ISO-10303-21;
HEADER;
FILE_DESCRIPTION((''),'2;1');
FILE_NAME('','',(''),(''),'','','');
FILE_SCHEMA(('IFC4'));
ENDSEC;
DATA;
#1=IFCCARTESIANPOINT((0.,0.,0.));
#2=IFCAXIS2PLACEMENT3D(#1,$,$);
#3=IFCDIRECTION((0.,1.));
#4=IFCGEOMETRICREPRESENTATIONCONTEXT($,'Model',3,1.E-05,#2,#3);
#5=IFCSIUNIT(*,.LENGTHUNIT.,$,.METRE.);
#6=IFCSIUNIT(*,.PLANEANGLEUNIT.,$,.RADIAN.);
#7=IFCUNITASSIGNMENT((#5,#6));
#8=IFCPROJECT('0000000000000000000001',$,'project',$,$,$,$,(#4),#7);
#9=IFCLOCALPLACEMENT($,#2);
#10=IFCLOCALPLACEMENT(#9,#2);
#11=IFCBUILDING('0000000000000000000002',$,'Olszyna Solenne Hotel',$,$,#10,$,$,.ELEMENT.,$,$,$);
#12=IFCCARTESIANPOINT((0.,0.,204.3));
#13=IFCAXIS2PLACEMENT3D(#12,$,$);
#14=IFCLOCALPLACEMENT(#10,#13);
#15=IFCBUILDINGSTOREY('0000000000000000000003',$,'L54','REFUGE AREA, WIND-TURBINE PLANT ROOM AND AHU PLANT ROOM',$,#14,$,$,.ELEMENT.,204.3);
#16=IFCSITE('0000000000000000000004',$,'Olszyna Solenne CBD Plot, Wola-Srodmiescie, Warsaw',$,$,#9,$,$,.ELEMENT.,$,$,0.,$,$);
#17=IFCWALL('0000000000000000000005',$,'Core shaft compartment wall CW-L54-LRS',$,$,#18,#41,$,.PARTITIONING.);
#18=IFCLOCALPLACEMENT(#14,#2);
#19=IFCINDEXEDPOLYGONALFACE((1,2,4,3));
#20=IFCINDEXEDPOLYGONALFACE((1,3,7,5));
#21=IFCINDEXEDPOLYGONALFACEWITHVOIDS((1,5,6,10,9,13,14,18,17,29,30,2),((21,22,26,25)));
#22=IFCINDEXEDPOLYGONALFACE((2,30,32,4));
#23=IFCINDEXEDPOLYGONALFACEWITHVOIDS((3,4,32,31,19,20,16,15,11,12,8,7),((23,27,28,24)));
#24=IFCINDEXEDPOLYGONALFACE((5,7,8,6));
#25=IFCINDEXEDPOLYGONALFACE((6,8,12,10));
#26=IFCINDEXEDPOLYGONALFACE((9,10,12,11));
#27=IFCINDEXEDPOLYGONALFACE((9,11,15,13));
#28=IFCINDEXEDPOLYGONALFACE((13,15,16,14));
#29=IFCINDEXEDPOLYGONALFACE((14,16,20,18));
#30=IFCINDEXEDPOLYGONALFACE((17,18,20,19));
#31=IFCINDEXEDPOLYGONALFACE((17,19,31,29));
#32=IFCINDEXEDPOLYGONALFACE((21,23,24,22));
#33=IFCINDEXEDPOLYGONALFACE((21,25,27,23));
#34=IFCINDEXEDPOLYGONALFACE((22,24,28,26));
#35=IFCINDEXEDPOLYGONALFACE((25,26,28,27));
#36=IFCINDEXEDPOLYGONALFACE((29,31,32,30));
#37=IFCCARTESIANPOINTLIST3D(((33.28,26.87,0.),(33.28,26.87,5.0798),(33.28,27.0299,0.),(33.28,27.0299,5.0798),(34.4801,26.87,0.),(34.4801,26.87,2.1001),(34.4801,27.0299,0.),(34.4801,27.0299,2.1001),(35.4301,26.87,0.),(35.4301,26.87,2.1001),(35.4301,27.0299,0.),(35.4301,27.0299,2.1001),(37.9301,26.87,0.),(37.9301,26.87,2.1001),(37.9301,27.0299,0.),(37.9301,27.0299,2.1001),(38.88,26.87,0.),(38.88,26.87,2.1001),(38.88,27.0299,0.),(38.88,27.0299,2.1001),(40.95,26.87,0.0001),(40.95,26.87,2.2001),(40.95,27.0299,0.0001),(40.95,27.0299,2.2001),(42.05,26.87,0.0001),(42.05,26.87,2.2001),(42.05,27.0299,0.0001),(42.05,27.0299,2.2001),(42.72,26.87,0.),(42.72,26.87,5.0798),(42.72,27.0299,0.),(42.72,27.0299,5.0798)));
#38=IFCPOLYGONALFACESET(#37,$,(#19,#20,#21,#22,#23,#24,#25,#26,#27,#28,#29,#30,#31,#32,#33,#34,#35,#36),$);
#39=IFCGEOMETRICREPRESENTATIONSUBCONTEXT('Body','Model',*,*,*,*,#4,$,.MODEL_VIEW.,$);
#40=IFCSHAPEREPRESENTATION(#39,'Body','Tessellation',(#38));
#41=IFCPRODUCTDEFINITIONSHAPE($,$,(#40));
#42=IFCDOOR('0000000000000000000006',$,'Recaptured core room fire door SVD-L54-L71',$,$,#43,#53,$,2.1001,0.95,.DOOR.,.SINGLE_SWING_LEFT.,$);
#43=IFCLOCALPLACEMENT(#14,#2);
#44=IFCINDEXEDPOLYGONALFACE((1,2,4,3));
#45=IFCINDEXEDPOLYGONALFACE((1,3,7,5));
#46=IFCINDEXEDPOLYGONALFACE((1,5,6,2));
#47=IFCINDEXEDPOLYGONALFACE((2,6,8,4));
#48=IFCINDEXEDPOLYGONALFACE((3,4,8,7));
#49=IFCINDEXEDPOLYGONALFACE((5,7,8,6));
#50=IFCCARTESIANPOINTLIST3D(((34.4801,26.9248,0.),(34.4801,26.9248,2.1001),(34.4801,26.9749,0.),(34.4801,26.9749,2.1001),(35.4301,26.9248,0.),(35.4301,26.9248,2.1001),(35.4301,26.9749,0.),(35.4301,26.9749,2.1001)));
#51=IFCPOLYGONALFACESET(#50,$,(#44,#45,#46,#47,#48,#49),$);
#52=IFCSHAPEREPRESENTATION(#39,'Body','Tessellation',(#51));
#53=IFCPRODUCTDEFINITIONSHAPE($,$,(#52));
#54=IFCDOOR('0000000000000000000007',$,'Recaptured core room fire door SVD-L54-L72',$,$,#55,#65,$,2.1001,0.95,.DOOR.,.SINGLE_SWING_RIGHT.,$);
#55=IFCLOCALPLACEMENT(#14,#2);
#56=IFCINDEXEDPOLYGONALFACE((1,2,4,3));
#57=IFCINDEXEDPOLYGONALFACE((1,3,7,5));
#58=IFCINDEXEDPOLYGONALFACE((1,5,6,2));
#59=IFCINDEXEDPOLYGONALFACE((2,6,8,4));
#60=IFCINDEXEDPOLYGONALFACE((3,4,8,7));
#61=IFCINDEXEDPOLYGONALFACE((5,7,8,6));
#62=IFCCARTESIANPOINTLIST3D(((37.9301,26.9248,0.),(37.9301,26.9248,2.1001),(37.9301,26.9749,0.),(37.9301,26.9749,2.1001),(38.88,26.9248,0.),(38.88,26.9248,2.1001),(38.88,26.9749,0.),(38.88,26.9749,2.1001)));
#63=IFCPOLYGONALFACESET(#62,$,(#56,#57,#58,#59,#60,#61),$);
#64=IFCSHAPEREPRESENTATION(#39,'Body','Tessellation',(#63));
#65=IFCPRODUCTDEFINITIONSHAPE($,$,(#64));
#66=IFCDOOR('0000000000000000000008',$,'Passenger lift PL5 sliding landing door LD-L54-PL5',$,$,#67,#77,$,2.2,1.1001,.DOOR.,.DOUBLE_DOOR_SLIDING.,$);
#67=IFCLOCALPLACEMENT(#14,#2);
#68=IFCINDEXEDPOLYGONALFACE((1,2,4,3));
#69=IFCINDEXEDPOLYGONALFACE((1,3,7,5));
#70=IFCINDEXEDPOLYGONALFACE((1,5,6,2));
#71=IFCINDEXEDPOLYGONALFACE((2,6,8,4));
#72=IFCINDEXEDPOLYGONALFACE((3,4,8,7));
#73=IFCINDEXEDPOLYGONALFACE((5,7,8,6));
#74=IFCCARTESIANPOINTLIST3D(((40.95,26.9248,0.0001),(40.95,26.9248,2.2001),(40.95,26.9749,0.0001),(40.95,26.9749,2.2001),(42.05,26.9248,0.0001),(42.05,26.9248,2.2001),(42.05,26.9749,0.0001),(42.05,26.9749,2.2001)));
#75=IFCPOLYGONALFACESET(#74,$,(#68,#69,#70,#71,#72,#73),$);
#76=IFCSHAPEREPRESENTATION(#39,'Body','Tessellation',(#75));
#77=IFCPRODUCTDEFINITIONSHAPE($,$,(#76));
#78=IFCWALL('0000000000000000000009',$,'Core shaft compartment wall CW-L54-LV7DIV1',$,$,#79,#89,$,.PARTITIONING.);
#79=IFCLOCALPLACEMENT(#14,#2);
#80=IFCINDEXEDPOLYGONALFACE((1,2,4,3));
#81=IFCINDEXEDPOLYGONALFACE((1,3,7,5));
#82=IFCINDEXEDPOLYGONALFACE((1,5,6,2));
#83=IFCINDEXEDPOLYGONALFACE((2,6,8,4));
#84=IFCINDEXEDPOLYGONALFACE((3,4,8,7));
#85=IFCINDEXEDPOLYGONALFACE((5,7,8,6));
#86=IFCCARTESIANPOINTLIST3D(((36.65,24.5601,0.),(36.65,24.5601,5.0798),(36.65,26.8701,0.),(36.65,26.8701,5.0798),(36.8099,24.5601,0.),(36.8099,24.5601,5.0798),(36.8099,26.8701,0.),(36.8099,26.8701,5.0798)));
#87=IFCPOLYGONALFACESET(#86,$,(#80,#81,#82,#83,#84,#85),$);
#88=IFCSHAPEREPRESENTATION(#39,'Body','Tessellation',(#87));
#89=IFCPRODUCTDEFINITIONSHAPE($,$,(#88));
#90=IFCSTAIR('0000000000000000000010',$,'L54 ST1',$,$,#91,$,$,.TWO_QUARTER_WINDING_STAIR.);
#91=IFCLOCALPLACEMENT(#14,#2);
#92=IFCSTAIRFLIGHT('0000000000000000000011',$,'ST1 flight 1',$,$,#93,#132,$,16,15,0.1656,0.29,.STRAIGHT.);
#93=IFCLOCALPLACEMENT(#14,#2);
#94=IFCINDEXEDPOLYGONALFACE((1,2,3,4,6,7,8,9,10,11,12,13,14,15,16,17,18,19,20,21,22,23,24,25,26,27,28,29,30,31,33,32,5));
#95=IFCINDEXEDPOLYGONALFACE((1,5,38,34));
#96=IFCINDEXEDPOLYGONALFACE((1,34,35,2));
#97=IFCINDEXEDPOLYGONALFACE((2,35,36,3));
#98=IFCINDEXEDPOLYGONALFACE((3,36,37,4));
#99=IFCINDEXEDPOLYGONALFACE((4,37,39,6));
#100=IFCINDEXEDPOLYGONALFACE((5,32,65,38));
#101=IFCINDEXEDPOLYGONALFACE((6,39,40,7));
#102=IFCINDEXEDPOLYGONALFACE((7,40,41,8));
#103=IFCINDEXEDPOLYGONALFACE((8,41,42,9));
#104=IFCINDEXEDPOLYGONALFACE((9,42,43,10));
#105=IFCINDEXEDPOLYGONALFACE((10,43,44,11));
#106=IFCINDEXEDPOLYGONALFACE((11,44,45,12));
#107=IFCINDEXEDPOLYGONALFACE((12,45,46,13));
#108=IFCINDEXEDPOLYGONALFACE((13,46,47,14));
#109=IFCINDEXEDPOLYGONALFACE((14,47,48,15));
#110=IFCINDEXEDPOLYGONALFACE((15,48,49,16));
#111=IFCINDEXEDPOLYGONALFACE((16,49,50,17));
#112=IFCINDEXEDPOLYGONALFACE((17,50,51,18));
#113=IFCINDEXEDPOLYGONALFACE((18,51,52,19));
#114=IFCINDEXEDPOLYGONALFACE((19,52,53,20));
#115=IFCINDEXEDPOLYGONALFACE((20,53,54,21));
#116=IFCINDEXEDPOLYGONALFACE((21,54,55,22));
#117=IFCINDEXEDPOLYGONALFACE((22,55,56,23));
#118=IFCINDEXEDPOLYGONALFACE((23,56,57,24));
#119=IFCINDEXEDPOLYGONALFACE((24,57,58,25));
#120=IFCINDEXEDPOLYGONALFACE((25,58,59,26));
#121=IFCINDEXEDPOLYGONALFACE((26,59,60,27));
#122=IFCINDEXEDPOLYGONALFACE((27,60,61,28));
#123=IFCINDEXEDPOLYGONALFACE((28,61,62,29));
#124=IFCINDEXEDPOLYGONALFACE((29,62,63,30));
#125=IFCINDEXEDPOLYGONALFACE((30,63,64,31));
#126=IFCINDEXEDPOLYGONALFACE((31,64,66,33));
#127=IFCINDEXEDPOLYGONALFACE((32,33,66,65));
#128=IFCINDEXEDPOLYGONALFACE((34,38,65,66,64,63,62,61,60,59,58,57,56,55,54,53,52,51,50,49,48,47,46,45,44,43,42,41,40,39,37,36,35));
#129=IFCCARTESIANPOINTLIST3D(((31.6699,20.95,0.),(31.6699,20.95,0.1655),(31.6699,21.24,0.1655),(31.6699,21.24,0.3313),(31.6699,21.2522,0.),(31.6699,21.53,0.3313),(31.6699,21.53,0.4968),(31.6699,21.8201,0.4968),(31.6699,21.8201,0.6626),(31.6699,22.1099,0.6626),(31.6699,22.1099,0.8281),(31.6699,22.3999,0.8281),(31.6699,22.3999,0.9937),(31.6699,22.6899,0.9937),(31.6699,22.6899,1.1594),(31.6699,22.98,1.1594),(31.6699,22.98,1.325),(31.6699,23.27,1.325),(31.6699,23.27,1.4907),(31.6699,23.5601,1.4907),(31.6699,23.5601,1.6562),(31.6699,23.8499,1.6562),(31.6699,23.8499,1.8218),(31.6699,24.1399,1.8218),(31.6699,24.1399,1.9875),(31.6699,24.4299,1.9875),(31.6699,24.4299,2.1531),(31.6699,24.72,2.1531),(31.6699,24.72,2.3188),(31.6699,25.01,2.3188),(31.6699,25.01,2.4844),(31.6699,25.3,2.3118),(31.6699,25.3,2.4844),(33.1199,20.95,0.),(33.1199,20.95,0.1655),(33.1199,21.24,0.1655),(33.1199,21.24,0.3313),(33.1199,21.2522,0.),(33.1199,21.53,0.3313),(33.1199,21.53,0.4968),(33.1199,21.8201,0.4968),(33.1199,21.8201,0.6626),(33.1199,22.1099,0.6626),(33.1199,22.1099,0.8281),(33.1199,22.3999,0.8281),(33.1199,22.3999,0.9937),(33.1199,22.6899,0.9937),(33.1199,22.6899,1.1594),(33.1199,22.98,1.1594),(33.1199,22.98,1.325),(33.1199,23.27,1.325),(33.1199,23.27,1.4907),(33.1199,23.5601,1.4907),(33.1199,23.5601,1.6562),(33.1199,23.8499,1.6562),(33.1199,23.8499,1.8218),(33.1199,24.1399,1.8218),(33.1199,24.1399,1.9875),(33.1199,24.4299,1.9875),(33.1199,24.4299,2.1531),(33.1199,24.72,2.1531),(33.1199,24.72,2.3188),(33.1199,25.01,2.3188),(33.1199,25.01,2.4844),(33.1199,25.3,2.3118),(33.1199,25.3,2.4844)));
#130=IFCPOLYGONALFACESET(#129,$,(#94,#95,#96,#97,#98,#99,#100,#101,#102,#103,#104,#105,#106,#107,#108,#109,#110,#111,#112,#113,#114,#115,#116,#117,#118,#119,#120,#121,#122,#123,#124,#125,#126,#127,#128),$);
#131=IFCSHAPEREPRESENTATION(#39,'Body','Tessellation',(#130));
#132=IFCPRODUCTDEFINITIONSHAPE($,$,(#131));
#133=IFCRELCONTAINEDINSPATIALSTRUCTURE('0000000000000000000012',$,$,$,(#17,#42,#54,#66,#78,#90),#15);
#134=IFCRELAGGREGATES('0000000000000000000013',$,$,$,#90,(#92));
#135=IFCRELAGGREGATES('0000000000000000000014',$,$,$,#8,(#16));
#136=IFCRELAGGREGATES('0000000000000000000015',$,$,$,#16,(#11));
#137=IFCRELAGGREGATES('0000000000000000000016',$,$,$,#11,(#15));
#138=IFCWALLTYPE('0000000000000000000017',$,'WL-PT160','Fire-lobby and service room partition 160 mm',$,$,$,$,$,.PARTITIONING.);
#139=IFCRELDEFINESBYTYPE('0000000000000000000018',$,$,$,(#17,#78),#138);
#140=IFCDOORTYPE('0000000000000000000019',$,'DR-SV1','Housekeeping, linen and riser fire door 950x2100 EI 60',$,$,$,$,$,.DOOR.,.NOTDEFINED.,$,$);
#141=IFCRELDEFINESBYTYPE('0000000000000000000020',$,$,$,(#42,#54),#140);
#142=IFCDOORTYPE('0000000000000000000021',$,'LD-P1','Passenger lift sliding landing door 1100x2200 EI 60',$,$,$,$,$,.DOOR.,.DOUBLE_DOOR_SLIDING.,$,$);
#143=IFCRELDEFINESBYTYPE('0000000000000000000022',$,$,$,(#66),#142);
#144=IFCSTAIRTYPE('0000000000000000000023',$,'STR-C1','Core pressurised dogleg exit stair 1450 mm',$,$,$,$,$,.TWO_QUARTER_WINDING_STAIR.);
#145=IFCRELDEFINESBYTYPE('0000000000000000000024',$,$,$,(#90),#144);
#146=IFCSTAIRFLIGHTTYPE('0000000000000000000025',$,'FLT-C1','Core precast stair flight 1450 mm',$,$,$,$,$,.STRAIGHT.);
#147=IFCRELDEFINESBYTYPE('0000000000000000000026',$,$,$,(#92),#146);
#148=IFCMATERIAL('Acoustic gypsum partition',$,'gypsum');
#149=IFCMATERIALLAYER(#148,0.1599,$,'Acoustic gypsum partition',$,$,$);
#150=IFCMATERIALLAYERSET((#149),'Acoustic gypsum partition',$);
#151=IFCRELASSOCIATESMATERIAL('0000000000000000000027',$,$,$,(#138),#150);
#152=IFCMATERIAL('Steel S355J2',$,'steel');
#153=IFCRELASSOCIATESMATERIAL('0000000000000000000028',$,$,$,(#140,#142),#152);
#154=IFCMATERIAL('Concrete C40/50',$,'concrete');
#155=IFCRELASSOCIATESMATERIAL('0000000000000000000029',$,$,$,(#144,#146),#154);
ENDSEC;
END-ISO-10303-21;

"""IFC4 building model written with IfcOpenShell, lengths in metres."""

from ifc_helpers import new_model, si_unit, direction, frame, frame_2d, origin, place, context, subcontext, project, spatial, polyline, rectangle, outline, extrude, source, transform, mapped, material, layer, layer_set, type_object, type_shapes, element, fill, aggregate, save


model = new_model("IFC4")

# Units and contexts
model_context = context("Model", 3, precision=1e-05, world=origin(), true_north=direction((0.0, 1.0)))
body_context = subcontext(model_context, "Body", "Model", "MODEL_VIEW")
ifc_project = project(units=[si_unit("LENGTHUNIT", "METRE"), si_unit("PLANEANGLEUNIT", "RADIAN")], contexts=[model_context])

# Site, building, storey
site_placement = place(None, origin())
site = spatial("IfcSite", under=ifc_project, at=site_placement, Name="Olszyna Solenne CBD Plot, Wola-Srodmiescie, Warsaw", CompositionType="ELEMENT", RefElevation=0.0)
building_placement = place(site_placement, origin())
building = spatial("IfcBuilding", under=site, at=building_placement, Name="Olszyna Solenne Hotel", CompositionType="ELEMENT")
storey_placement = place(building_placement, frame((0.0, 0.0, 204.3)))
storey = spatial("IfcBuildingStorey", under=building, at=storey_placement, Name="L54", Description="REFUGE AREA, WIND-TURBINE PLANT ROOM AND AHU PLANT ROOM", CompositionType="ELEMENT", Elevation=204.3)

# Shared definitions
ifc_material_1 = material(Name="Steel S355J2", Category="steel")

# Shared definitions
ifc_material_2 = material(Name="Acoustic gypsum partition", Category="gypsum")

# Shared definitions
ifc_layer_1 = layer(ifc_material_2, 0.1599, Name="Acoustic gypsum partition")
ifc_layer_set_1 = layer_set([ifc_layer_1], Name="Acoustic gypsum partition")
wall_type_1 = type_object("IfcWallType", Name="WL-PT160", Description="Fire-lobby and service room partition 160 mm", PredefinedType="PARTITIONING", material=ifc_layer_set_1)

# Wall, openings, doors
wall_1_placement = place(storey_placement, frame((33.28, 26.95, 0.0), z_axis=(0.0, 0.0, 1.0), x_axis=(1.0, 0.0, 0.0)))
wall_1 = element("IfcWall", 1, at=wall_1_placement, inside=storey, type_object=wall_type_1, Name="Core shaft compartment wall CW-L54-LRS", PredefinedType="PARTITIONING", context=body_context, shape_type="SweptSolid", body=[
    extrude(rectangle(XDim=9.4399, YDim=0.1599, at=frame_2d((4.72, 0.0))), origin(), (0.0, 0.0, 1.0), 5.0798),
])
opening_1_placement = place(wall_1_placement, frame((1.2, 0.0, 0.0)))
opening_1 = element("IfcOpeningElement", 2, at=opening_1_placement, cuts=wall_1, PredefinedType="OPENING", context=body_context, shape_type="SweptSolid", body=[
    extrude(rectangle(XDim=0.95, YDim=2.1001, at=frame_2d((0.4751, 1.05))), frame((0.0, 0.0898, 0.0), z_axis=(0.0, -1.0, 0.0), x_axis=(1.0, 0.0, 0.0)), (0.0, 0.0, 1.0), 0.1799),
])
opening_2_placement = place(wall_1_placement, frame((4.6499, 0.0, 0.0)))
opening_2 = element("IfcOpeningElement", 3, at=opening_2_placement, cuts=wall_1, PredefinedType="OPENING", context=body_context, shape_type="SweptSolid", body=[
    extrude(rectangle(XDim=0.95, YDim=2.1001, at=frame_2d((0.4751, 1.05))), frame((0.0, 0.0898, 0.0), z_axis=(0.0, -1.0, 0.0), x_axis=(1.0, 0.0, 0.0)), (0.0, 0.0, 1.0), 0.1799),
])
opening_3_placement = place(wall_1_placement, frame((7.6699, 0.0, 0.0)))
opening_3 = element("IfcOpeningElement", 4, at=opening_3_placement, cuts=wall_1, PredefinedType="OPENING", context=body_context, shape_type="SweptSolid", body=[
    extrude(rectangle(XDim=1.1001, YDim=2.2, at=frame_2d((0.55, 1.1001))), frame((0.0, 0.0898, 0.0), z_axis=(0.0, -1.0, 0.0), x_axis=(1.0, 0.0, 0.0)), (0.0, 0.0, 1.0), 0.1799),
])
door_type_1 = type_object("IfcDoorType", Name="DR-SV1", Description="Housekeeping, linen and riser fire door 950x2100 EI 60", OperationType="NOTDEFINED", PredefinedType="DOOR", material=ifc_material_1)
shared_shape_1 = source(origin(), body_context, "Body", "SweptSolid", [
    extrude(rectangle(XDim=0.95, YDim=2.1001, at=frame_2d((0.4751, 1.05))), frame((0.0, 0.0249, 0.0), z_axis=(0.0, -1.0, 0.0), x_axis=(1.0, 0.0, 0.0)), (0.0, 0.0, 1.0), 0.05),
])
type_shapes(door_type_1, [shared_shape_1])
door_1_placement = place(opening_1_placement, origin())
door_1 = element("IfcDoor", 5, at=door_1_placement, inside=storey, type_object=door_type_1, Name="Recaptured core room fire door SVD-L54-L71", OperationType="SINGLE_SWING_LEFT", OverallHeight=2.1001, OverallWidth=0.95, PredefinedType="DOOR", context=body_context, shape_type="MappedRepresentation", body=[
    mapped(shared_shape_1, transform((0.0, 0.0, 0.0), x_axis=(1.0, 0.0, 0.0), y_axis=(0.0, 1.0, 0.0), z_axis=(0.0, 0.0, 1.0), scale=1.0)),
])
fill(opening_1, door_1)
door_2_placement = place(opening_2_placement, origin())
door_2 = element("IfcDoor", 6, at=door_2_placement, inside=storey, type_object=door_type_1, Name="Recaptured core room fire door SVD-L54-L72", OperationType="SINGLE_SWING_RIGHT", OverallHeight=2.1001, OverallWidth=0.95, PredefinedType="DOOR", context=body_context, shape_type="MappedRepresentation", body=[
    mapped(shared_shape_1, transform((0.0, 0.0, 0.0), x_axis=(1.0, 0.0, 0.0), y_axis=(0.0, 1.0, 0.0), z_axis=(0.0, 0.0, 1.0), scale=1.0)),
])
fill(opening_2, door_2)
door_type_2 = type_object("IfcDoorType", Name="LD-P1", Description="Passenger lift sliding landing door 1100x2200 EI 60", OperationType="DOUBLE_DOOR_SLIDING", PredefinedType="DOOR", material=ifc_material_1)
shared_shape_2 = source(origin(), body_context, "Body", "SweptSolid", [
    extrude(rectangle(XDim=1.1001, YDim=2.2, at=frame_2d((0.55, 1.1001))), frame((0.0, 0.0249, 0.0), z_axis=(0.0, -1.0, 0.0), x_axis=(1.0, 0.0, 0.0)), (0.0, 0.0, 1.0), 0.05),
])
type_shapes(door_type_2, [shared_shape_2])
door_3_placement = place(opening_3_placement, origin())
door_3 = element("IfcDoor", 7, at=door_3_placement, inside=storey, type_object=door_type_2, Name="Passenger lift PL5 sliding landing door LD-L54-PL5", OperationType="DOUBLE_DOOR_SLIDING", OverallHeight=2.2, OverallWidth=1.1001, PredefinedType="DOOR", context=body_context, shape_type="MappedRepresentation", body=[
    mapped(shared_shape_2, transform((0.0, 0.0, 0.0), x_axis=(1.0, 0.0, 0.0), y_axis=(0.0, 1.0, 0.0), z_axis=(0.0, 0.0, 1.0), scale=1.0)),
])
fill(opening_3, door_3)

# Wall
wall_2_placement = place(storey_placement, frame((36.73, 24.5601, 0.0), z_axis=(0.0, 0.0, 1.0), x_axis=(0.0, 1.0, 0.0)))
element("IfcWall", 8, at=wall_2_placement, inside=storey, type_object=wall_type_1, Name="Core shaft compartment wall CW-L54-LV7DIV1", PredefinedType="PARTITIONING", context=body_context, shape_type="SweptSolid", body=[
    extrude(rectangle(XDim=2.3101, YDim=0.1599, at=frame_2d((1.155, 0.0))), origin(), (0.0, 0.0, 1.0), 5.0798),
])

# Stair, stair flight
ifc_material_3 = material(Name="Concrete C40/50", Category="concrete")
stair_type = type_object("IfcStairType", Name="STR-C1", Description="Core pressurised dogleg exit stair 1450 mm", PredefinedType="TWO_QUARTER_WINDING_STAIR", material=ifc_material_3)
stair_placement = place(storey_placement, origin())
stair = element("IfcStair", 9, at=stair_placement, inside=storey, type_object=stair_type, Name="L54 ST1", PredefinedType="TWO_QUARTER_WINDING_STAIR")
stair_flight_type = type_object("IfcStairFlightType", Name="FLT-C1", Description="Core precast stair flight 1450 mm", PredefinedType="STRAIGHT", material=ifc_material_3)
stair_flight_1_placement = place(storey_placement, frame((32.395, 20.95, 0.0), z_axis=(0.0, 0.0, 1.0), x_axis=(0.0, 1.0, 0.0)))
stair_flight_1 = element("IfcStairFlight", 10, at=stair_flight_1_placement, type_object=stair_flight_type, Name="ST1 flight 1", NumberOfRisers=16, NumberOfTreads=15, PredefinedType="STRAIGHT", RiserHeight=0.1656, TreadLength=0.29, context=body_context, shape_type="SweptSolid", body=[
    extrude(outline(polyline([(0.0, 0.0), (0.0, 0.1655), (0.29, 0.1655), (0.29, 0.3313), (0.5801, 0.3313), (0.5801, 0.4968), (0.8701, 0.4968), (0.8701, 0.6626), (1.1599, 0.6626), (1.1599, 0.8281), (1.45, 0.8281), (1.45, 0.9937), (1.74, 0.9937), (1.74, 1.1594), (2.03, 1.1594), (2.03, 1.325), (2.3201, 1.325), (2.3201, 1.4907), (2.6101, 1.4907), (2.6101, 1.6562), (2.8999, 1.6562), (2.8999, 1.8218), (3.1899, 1.8218), (3.1899, 1.9875), (3.48, 1.9875), (3.48, 2.1531), (3.77, 2.1531), (3.77, 2.3188), (4.0601, 2.3188), (4.0601, 2.4844), (4.3501, 2.4844), (4.3501, 2.6499), (4.3501, 2.3118), (0.3022, 0.0), (0.0, 0.0)])), frame((0.0, 0.7251, 0.0), z_axis=(0.0, -1.0, 0.0), x_axis=(1.0, 0.0, 0.0)), (0.0, 0.0, 1.0), 1.45),
])
aggregate(stair, [stair_flight_1])

save(model, "model.ifc")
